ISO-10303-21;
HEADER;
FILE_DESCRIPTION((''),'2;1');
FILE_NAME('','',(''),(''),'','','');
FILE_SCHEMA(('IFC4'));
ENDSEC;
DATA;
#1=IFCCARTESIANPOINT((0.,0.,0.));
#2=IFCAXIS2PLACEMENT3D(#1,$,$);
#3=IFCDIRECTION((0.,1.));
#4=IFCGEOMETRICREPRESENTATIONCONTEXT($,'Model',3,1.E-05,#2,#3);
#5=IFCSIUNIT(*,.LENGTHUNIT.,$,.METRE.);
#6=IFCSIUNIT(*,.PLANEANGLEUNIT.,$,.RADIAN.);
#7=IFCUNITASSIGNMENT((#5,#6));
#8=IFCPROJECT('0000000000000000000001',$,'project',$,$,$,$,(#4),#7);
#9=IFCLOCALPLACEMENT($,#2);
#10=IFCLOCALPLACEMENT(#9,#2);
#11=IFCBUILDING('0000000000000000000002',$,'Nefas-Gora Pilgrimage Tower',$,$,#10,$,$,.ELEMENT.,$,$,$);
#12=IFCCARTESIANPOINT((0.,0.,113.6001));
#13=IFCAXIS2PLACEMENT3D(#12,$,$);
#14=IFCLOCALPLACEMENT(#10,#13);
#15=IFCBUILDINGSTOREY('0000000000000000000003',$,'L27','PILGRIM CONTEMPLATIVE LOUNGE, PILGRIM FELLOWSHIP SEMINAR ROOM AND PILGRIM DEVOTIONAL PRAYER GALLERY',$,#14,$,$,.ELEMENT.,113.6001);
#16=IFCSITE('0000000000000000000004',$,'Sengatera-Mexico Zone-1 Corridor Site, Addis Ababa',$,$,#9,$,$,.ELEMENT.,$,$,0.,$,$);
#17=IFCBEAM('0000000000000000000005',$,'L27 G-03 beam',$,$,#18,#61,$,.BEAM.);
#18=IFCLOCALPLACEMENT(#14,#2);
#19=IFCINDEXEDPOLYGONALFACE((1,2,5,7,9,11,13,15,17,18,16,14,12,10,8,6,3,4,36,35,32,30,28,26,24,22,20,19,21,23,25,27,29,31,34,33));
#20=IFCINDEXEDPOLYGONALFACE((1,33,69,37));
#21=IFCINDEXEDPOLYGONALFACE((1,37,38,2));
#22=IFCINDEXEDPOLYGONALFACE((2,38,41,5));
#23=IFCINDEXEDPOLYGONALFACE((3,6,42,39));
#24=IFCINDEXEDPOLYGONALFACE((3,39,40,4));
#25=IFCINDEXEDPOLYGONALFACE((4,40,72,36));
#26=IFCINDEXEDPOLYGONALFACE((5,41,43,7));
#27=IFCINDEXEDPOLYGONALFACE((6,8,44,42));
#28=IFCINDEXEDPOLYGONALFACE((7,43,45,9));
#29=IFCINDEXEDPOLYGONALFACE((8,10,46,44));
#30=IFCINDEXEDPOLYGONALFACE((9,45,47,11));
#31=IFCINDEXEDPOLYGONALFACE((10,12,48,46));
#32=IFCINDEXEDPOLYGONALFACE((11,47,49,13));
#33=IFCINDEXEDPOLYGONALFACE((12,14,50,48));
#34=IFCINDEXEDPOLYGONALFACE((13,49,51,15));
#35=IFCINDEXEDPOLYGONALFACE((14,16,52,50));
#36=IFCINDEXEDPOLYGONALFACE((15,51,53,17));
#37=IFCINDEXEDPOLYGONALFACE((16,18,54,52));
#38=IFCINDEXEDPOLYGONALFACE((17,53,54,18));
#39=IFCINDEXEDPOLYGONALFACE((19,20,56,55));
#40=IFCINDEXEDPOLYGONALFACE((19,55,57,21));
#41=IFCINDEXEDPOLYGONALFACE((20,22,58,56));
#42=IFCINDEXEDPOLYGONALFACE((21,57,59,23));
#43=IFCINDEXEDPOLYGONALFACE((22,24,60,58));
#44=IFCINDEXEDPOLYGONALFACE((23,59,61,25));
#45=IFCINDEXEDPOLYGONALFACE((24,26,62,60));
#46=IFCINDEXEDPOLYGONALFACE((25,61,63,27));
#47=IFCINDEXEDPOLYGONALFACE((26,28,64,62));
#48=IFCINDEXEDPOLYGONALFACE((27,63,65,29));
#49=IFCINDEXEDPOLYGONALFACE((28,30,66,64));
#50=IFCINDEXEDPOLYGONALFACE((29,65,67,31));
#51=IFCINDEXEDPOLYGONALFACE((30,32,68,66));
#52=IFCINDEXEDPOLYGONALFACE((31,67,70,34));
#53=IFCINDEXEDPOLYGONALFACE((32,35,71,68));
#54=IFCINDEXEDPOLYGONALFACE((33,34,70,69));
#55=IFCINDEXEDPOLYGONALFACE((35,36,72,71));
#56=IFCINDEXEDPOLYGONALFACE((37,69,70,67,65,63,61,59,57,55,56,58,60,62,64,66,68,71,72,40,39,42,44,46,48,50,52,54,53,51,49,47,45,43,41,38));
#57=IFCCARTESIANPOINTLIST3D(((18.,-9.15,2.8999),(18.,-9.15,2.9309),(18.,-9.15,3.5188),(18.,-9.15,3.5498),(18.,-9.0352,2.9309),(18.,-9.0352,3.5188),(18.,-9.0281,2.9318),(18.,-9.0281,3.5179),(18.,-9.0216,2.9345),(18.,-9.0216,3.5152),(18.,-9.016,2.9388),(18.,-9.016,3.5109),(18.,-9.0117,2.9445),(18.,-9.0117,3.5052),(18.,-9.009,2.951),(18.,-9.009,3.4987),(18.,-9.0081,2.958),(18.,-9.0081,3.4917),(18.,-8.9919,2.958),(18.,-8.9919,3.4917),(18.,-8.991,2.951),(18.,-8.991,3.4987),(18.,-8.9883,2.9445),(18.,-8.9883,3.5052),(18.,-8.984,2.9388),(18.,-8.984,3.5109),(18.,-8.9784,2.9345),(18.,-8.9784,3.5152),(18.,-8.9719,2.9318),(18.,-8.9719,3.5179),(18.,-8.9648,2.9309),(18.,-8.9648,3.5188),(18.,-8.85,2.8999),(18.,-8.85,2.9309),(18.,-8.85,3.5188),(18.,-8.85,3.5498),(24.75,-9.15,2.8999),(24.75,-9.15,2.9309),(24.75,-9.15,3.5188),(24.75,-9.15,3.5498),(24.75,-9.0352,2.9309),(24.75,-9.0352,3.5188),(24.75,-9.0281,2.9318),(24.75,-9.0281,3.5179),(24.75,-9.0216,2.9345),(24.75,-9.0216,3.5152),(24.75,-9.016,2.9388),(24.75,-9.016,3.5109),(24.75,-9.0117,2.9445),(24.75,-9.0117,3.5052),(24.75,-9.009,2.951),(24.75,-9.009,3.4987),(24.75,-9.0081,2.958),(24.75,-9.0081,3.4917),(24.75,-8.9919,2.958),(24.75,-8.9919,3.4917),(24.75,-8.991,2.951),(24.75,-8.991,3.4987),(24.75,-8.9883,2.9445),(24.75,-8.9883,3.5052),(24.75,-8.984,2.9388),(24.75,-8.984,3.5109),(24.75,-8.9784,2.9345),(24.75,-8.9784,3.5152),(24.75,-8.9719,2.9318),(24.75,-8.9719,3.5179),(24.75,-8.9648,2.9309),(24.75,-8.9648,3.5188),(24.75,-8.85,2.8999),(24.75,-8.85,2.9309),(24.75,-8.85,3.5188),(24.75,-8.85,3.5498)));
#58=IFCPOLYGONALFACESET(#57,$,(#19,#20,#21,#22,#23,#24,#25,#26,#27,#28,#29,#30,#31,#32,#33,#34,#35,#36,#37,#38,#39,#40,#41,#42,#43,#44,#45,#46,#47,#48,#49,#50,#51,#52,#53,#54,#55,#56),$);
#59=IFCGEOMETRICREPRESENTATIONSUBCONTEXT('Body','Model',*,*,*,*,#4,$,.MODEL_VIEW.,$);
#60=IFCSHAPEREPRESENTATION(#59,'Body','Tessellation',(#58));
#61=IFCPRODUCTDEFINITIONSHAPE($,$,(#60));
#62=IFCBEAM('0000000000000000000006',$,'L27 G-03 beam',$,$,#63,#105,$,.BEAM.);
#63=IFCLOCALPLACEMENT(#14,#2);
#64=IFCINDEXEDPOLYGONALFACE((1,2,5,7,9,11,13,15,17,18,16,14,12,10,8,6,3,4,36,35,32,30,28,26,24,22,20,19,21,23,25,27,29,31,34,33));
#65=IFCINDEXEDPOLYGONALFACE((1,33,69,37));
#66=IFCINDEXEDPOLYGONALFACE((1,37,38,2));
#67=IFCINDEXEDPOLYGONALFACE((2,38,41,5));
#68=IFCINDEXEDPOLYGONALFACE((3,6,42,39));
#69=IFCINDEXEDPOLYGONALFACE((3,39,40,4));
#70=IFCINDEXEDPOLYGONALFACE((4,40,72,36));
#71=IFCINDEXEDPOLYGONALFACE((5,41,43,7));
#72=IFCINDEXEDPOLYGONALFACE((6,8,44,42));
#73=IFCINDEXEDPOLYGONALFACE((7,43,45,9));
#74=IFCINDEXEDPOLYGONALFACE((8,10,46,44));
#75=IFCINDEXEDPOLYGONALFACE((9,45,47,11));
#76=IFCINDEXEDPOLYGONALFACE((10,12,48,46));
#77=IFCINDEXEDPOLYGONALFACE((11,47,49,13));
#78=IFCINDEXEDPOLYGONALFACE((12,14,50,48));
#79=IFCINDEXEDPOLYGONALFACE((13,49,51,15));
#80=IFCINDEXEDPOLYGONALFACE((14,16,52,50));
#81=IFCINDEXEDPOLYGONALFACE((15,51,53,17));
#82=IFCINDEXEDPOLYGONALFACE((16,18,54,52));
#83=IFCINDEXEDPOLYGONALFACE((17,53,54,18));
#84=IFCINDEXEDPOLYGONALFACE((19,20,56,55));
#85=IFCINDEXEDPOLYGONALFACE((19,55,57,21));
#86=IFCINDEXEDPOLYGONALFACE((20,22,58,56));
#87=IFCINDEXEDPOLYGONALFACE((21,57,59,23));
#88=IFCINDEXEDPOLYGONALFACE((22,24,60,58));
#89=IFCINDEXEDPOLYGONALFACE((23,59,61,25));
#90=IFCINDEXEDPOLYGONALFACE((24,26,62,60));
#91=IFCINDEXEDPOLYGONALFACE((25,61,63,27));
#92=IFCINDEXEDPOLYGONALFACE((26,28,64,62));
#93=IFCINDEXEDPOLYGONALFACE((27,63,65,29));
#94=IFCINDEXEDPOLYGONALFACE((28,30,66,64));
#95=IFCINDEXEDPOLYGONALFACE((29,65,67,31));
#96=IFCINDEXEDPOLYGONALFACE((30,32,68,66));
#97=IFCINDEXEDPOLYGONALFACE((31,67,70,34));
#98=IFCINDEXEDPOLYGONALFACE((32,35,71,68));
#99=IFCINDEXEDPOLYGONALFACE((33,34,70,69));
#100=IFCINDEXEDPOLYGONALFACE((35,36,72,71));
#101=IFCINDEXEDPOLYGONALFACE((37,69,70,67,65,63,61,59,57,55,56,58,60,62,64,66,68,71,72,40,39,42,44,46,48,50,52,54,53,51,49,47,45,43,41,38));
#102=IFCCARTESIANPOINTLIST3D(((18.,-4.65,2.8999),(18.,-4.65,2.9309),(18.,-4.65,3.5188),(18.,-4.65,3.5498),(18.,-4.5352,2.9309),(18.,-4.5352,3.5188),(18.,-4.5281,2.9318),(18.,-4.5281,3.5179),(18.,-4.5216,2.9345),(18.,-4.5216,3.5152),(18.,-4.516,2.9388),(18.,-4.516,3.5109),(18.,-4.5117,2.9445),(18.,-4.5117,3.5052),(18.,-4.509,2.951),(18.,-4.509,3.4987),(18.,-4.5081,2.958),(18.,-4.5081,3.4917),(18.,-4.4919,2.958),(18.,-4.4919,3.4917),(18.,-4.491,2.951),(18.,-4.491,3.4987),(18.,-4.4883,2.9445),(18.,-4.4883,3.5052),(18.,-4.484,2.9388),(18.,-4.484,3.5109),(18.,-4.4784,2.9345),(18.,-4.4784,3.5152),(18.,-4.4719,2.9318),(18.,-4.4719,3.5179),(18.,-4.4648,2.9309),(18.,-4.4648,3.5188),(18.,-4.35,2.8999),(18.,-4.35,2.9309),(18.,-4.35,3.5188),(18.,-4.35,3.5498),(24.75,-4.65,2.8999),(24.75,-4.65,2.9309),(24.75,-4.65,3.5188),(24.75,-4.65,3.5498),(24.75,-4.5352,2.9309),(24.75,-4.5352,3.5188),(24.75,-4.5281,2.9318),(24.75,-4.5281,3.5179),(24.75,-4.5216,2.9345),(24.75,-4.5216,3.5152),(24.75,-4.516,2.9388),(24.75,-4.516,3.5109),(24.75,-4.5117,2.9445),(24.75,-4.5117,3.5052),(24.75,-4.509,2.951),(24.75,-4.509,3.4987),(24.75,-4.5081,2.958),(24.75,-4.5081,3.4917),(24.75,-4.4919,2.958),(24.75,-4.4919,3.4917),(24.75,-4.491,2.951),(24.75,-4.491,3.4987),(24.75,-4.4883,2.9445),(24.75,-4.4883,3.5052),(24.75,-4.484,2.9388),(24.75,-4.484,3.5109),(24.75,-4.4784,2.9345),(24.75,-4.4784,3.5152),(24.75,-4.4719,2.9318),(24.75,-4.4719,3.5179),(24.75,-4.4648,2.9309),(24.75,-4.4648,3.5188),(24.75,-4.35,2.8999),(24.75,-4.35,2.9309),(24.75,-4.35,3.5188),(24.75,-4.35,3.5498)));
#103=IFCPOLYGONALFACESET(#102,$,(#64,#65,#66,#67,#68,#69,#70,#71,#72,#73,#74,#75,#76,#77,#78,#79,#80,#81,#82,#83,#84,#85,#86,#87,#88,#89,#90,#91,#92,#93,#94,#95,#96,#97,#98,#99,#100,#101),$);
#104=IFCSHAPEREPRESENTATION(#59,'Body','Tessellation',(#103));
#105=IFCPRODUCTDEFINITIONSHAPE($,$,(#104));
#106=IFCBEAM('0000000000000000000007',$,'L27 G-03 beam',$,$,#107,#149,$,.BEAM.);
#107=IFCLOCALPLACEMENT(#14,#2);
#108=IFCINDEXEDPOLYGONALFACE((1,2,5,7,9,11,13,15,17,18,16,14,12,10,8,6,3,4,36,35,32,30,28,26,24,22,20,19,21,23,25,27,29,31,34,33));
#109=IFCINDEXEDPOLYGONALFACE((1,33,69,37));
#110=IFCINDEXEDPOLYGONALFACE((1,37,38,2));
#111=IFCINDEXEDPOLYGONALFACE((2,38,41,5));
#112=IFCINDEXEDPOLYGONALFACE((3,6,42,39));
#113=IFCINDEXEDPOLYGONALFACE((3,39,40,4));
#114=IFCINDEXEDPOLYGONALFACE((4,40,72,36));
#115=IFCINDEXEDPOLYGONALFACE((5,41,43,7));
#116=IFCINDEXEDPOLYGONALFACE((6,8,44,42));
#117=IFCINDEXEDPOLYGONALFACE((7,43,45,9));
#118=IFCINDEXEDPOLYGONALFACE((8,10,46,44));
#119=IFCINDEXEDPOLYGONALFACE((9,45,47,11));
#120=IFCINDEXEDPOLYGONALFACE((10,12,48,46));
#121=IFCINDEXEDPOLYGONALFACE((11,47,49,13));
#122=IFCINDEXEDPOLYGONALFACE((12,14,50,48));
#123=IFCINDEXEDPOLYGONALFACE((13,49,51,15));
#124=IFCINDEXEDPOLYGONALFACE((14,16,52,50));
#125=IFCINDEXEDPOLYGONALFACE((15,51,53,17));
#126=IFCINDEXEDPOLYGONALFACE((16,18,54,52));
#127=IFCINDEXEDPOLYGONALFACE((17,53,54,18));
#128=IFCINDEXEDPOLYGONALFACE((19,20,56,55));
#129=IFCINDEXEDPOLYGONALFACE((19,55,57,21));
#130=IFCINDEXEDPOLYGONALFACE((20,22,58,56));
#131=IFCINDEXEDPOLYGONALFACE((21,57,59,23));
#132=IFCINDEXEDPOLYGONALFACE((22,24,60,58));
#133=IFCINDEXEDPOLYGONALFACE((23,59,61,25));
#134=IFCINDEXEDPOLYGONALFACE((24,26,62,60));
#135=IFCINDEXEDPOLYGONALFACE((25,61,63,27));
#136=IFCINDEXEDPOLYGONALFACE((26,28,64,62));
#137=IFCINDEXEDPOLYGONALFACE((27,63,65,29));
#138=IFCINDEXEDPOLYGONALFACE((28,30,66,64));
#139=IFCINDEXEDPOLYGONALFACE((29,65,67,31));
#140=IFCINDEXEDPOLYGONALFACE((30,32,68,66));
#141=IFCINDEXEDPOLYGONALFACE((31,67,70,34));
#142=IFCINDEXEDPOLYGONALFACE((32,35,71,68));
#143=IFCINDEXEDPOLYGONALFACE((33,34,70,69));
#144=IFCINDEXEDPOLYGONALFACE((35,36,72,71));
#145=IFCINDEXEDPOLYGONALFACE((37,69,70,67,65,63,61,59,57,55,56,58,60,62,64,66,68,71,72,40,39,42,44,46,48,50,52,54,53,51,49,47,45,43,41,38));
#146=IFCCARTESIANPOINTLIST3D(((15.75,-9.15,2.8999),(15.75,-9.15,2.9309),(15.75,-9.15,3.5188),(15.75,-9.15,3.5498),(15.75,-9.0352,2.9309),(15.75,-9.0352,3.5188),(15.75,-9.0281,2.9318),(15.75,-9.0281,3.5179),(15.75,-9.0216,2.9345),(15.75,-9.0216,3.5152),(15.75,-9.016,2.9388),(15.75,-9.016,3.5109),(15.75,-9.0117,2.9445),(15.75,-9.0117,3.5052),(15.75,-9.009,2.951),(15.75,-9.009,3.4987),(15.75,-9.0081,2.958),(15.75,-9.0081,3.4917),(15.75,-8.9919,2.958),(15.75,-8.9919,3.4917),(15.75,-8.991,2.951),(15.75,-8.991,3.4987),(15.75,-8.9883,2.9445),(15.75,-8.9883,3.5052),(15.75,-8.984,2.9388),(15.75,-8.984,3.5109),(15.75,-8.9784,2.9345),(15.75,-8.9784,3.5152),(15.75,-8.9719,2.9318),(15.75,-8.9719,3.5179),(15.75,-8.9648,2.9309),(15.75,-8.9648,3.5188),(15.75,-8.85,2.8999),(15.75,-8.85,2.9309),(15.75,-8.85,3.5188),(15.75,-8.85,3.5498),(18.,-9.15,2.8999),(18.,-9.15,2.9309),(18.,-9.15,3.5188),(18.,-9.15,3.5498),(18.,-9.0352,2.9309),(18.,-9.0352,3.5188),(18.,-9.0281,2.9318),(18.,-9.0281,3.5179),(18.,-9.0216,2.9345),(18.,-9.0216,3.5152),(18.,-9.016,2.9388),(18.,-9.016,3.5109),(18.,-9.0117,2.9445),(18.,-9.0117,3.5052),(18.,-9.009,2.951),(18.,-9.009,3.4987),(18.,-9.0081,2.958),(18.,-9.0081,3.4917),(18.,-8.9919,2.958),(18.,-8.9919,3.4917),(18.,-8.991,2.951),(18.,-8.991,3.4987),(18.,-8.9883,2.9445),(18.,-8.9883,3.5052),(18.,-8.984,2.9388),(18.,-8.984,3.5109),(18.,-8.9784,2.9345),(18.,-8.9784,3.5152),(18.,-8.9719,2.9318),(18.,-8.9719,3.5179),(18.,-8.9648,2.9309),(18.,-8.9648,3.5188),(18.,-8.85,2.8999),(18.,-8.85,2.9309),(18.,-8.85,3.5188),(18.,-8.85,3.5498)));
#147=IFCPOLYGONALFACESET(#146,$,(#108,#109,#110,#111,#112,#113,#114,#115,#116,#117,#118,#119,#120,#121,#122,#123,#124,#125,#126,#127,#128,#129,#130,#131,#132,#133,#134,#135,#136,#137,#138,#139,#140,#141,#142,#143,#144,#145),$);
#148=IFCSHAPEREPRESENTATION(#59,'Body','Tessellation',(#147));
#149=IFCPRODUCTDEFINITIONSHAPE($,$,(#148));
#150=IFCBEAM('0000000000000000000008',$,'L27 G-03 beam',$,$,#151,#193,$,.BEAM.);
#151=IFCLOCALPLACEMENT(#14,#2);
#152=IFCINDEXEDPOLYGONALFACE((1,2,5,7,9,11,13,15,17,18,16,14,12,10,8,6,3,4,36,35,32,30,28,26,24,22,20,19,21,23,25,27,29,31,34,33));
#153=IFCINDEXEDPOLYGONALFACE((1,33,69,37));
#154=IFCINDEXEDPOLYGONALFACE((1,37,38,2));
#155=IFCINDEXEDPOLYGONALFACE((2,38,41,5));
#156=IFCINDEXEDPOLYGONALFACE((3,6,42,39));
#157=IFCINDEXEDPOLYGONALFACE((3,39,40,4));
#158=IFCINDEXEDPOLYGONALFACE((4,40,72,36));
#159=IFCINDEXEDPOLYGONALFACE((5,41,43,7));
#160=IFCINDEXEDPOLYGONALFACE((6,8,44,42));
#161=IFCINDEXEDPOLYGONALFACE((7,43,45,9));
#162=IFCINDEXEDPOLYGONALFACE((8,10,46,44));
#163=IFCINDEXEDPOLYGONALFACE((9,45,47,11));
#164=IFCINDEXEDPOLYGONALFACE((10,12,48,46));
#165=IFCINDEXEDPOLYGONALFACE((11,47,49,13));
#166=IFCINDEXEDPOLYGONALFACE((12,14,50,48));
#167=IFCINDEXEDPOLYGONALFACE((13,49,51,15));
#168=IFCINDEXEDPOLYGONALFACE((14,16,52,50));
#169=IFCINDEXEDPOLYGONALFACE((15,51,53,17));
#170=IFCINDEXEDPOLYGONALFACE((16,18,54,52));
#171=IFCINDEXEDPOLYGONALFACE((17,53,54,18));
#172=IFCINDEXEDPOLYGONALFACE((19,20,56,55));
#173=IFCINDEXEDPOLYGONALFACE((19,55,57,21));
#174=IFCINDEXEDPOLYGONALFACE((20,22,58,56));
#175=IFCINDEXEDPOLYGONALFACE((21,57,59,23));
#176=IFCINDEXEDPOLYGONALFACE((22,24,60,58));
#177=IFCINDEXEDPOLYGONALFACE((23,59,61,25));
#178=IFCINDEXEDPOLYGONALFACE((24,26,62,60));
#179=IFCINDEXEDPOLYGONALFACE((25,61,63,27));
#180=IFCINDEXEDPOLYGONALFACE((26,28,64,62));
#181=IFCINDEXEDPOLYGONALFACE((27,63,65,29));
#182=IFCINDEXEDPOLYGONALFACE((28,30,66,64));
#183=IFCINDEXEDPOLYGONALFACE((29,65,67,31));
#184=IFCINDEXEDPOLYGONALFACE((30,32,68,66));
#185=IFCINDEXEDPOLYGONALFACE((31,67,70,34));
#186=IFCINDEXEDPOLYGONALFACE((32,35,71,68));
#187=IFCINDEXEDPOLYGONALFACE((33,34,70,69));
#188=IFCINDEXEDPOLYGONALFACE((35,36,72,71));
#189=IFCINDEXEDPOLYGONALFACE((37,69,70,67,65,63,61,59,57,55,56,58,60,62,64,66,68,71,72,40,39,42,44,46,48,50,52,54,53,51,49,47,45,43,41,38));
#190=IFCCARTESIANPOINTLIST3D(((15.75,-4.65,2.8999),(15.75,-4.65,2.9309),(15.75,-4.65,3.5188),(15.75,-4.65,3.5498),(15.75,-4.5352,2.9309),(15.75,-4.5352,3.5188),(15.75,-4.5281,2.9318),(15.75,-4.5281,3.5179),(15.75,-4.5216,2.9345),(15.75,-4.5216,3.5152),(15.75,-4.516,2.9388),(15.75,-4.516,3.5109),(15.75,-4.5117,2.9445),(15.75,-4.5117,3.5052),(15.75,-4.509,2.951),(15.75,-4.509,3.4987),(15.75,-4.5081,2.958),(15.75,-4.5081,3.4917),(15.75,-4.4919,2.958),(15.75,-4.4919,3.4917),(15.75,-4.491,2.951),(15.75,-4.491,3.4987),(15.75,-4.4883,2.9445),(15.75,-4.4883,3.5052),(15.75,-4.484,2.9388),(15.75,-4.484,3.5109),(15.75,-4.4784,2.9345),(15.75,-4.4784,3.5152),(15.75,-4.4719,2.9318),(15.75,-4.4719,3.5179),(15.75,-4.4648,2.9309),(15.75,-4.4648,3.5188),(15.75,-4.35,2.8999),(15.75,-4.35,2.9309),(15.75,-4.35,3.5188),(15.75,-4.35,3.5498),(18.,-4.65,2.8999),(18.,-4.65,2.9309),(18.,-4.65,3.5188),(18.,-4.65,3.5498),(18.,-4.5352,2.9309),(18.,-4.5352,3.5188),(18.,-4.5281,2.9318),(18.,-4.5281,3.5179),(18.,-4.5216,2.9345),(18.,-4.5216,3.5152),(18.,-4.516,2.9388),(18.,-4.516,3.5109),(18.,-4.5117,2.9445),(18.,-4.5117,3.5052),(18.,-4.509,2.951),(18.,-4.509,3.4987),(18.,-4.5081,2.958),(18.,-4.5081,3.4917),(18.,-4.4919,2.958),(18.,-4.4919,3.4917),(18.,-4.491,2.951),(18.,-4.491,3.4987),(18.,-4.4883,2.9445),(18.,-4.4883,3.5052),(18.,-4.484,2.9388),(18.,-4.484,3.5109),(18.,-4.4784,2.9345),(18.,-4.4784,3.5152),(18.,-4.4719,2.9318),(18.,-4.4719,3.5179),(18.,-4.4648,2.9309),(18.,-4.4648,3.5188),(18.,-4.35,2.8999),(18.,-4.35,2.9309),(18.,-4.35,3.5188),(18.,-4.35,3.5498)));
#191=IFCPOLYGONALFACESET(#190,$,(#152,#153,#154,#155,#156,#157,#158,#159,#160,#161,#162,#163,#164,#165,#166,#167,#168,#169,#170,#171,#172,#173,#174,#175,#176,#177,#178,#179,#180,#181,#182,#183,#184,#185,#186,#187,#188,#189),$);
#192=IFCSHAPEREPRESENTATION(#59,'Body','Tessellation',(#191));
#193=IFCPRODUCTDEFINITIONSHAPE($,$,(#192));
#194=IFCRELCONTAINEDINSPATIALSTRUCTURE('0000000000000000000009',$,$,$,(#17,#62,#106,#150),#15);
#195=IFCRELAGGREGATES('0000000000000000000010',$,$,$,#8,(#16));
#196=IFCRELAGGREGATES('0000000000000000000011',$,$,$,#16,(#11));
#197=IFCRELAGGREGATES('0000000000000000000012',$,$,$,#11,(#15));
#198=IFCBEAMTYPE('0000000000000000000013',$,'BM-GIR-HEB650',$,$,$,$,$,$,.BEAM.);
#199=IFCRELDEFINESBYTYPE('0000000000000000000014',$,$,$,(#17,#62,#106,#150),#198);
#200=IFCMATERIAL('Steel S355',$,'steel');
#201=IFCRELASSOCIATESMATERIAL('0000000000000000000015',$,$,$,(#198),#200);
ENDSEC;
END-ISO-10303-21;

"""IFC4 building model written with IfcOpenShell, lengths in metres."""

from ifc_helpers import new_model, si_unit, direction, frame, origin, origin_2d, place, context, subcontext, project, spatial, i_section, extrude, source, transform, mapped, material, material_profile, profile_set, type_object, element, save


model = new_model("IFC4")

# Units and contexts
model_context = context("Model", 3, precision=1e-05, world=origin(), true_north=direction((0.0, 1.0)))
body_context = subcontext(model_context, "Body", "Model", "MODEL_VIEW")
ifc_project = project(units=[si_unit("LENGTHUNIT", "METRE"), si_unit("PLANEANGLEUNIT", "RADIAN")], contexts=[model_context])

# Site, building, storey
site_placement = place(None, origin())
site = spatial("IfcSite", under=ifc_project, at=site_placement, Name="Sengatera-Mexico Zone-1 Corridor Site, Addis Ababa", CompositionType="ELEMENT", RefElevation=0.0)
building_placement = place(site_placement, origin())
building = spatial("IfcBuilding", under=site, at=building_placement, Name="Nefas-Gora Pilgrimage Tower", CompositionType="ELEMENT")
storey_placement = place(building_placement, frame((0.0, 0.0, 113.6001)))
storey = spatial("IfcBuildingStorey", under=building, at=storey_placement, Name="L27", Description="PILGRIM CONTEMPLATIVE LOUNGE, PILGRIM FELLOWSHIP SEMINAR ROOM AND PILGRIM DEVOTIONAL PRAYER GALLERY", CompositionType="ELEMENT", Elevation=113.6001)

# Beams
ifc_material_1 = material(Name="Steel S355", Category="steel")
ifc_material_profile_1 = material_profile(ifc_material_1, i_section(OverallWidth=0.3, OverallDepth=0.6499, WebThickness=0.0161, FlangeThickness=0.031, FilletRadius=0.0271, at=origin_2d()), Name="HEB 650")
ifc_profile_set_1 = profile_set([ifc_material_profile_1], Name="Steel S355")
beam_type_1 = type_object("IfcBeamType", Name="BM-GIR-HEB650", PredefinedType="BEAM", material=ifc_profile_set_1)
shared_shape_1 = source(origin(), body_context, "Body", "SweptSolid", [
    extrude(i_section(OverallWidth=0.3, OverallDepth=0.6499, WebThickness=0.0161, FlangeThickness=0.031, FilletRadius=0.0271, at=origin_2d()), origin(), (0.0, 0.0, 1.0), 6.75),
])
for number, where, z_axis, x_axis, name in (
    (1, (18.0, -9.0, 3.2249), (1.0, 0.0, 0.0), (0.0, 1.0, 0.0), "L27 G-03 beam"),
    (2, (18.0, -4.5, 3.2249), (1.0, 0.0, 0.0), (0.0, 1.0, 0.0), "L27 G-03 beam"),
):
    element("IfcBeam", number, at=place(storey_placement, frame(where, z_axis=z_axis, x_axis=x_axis)), inside=storey, type_object=beam_type_1, Name=name, PredefinedType="BEAM", context=body_context, shape_type="MappedRepresentation", body=[
        mapped(shared_shape_1, transform((0.0, 0.0, 0.0), x_axis=(1.0, 0.0, 0.0), y_axis=(0.0, 1.0, 0.0), z_axis=(0.0, 0.0, 1.0), scale=1.0)),
    ])
shared_shape_2 = source(origin(), body_context, "Body", "SweptSolid", [
    extrude(i_section(OverallWidth=0.3, OverallDepth=0.6499, WebThickness=0.0161, FlangeThickness=0.031, FilletRadius=0.0271, at=origin_2d()), origin(), (0.0, 0.0, 1.0), 2.25),
])
for number, where, z_axis, x_axis, name in (
    (3, (15.75, -9.0, 3.2249), (1.0, 0.0, 0.0), (0.0, 1.0, 0.0), "L27 G-03 beam"),
    (4, (15.75, -4.5, 3.2249), (1.0, 0.0, 0.0), (0.0, 1.0, 0.0), "L27 G-03 beam"),
):
    element("IfcBeam", number, at=place(storey_placement, frame(where, z_axis=z_axis, x_axis=x_axis)), inside=storey, type_object=beam_type_1, Name=name, PredefinedType="BEAM", context=body_context, shape_type="MappedRepresentation", body=[
        mapped(shared_shape_2, transform((0.0, 0.0, 0.0), x_axis=(1.0, 0.0, 0.0), y_axis=(0.0, 1.0, 0.0), z_axis=(0.0, 0.0, 1.0), scale=1.0)),
    ])

save(model, "model.ifc")
